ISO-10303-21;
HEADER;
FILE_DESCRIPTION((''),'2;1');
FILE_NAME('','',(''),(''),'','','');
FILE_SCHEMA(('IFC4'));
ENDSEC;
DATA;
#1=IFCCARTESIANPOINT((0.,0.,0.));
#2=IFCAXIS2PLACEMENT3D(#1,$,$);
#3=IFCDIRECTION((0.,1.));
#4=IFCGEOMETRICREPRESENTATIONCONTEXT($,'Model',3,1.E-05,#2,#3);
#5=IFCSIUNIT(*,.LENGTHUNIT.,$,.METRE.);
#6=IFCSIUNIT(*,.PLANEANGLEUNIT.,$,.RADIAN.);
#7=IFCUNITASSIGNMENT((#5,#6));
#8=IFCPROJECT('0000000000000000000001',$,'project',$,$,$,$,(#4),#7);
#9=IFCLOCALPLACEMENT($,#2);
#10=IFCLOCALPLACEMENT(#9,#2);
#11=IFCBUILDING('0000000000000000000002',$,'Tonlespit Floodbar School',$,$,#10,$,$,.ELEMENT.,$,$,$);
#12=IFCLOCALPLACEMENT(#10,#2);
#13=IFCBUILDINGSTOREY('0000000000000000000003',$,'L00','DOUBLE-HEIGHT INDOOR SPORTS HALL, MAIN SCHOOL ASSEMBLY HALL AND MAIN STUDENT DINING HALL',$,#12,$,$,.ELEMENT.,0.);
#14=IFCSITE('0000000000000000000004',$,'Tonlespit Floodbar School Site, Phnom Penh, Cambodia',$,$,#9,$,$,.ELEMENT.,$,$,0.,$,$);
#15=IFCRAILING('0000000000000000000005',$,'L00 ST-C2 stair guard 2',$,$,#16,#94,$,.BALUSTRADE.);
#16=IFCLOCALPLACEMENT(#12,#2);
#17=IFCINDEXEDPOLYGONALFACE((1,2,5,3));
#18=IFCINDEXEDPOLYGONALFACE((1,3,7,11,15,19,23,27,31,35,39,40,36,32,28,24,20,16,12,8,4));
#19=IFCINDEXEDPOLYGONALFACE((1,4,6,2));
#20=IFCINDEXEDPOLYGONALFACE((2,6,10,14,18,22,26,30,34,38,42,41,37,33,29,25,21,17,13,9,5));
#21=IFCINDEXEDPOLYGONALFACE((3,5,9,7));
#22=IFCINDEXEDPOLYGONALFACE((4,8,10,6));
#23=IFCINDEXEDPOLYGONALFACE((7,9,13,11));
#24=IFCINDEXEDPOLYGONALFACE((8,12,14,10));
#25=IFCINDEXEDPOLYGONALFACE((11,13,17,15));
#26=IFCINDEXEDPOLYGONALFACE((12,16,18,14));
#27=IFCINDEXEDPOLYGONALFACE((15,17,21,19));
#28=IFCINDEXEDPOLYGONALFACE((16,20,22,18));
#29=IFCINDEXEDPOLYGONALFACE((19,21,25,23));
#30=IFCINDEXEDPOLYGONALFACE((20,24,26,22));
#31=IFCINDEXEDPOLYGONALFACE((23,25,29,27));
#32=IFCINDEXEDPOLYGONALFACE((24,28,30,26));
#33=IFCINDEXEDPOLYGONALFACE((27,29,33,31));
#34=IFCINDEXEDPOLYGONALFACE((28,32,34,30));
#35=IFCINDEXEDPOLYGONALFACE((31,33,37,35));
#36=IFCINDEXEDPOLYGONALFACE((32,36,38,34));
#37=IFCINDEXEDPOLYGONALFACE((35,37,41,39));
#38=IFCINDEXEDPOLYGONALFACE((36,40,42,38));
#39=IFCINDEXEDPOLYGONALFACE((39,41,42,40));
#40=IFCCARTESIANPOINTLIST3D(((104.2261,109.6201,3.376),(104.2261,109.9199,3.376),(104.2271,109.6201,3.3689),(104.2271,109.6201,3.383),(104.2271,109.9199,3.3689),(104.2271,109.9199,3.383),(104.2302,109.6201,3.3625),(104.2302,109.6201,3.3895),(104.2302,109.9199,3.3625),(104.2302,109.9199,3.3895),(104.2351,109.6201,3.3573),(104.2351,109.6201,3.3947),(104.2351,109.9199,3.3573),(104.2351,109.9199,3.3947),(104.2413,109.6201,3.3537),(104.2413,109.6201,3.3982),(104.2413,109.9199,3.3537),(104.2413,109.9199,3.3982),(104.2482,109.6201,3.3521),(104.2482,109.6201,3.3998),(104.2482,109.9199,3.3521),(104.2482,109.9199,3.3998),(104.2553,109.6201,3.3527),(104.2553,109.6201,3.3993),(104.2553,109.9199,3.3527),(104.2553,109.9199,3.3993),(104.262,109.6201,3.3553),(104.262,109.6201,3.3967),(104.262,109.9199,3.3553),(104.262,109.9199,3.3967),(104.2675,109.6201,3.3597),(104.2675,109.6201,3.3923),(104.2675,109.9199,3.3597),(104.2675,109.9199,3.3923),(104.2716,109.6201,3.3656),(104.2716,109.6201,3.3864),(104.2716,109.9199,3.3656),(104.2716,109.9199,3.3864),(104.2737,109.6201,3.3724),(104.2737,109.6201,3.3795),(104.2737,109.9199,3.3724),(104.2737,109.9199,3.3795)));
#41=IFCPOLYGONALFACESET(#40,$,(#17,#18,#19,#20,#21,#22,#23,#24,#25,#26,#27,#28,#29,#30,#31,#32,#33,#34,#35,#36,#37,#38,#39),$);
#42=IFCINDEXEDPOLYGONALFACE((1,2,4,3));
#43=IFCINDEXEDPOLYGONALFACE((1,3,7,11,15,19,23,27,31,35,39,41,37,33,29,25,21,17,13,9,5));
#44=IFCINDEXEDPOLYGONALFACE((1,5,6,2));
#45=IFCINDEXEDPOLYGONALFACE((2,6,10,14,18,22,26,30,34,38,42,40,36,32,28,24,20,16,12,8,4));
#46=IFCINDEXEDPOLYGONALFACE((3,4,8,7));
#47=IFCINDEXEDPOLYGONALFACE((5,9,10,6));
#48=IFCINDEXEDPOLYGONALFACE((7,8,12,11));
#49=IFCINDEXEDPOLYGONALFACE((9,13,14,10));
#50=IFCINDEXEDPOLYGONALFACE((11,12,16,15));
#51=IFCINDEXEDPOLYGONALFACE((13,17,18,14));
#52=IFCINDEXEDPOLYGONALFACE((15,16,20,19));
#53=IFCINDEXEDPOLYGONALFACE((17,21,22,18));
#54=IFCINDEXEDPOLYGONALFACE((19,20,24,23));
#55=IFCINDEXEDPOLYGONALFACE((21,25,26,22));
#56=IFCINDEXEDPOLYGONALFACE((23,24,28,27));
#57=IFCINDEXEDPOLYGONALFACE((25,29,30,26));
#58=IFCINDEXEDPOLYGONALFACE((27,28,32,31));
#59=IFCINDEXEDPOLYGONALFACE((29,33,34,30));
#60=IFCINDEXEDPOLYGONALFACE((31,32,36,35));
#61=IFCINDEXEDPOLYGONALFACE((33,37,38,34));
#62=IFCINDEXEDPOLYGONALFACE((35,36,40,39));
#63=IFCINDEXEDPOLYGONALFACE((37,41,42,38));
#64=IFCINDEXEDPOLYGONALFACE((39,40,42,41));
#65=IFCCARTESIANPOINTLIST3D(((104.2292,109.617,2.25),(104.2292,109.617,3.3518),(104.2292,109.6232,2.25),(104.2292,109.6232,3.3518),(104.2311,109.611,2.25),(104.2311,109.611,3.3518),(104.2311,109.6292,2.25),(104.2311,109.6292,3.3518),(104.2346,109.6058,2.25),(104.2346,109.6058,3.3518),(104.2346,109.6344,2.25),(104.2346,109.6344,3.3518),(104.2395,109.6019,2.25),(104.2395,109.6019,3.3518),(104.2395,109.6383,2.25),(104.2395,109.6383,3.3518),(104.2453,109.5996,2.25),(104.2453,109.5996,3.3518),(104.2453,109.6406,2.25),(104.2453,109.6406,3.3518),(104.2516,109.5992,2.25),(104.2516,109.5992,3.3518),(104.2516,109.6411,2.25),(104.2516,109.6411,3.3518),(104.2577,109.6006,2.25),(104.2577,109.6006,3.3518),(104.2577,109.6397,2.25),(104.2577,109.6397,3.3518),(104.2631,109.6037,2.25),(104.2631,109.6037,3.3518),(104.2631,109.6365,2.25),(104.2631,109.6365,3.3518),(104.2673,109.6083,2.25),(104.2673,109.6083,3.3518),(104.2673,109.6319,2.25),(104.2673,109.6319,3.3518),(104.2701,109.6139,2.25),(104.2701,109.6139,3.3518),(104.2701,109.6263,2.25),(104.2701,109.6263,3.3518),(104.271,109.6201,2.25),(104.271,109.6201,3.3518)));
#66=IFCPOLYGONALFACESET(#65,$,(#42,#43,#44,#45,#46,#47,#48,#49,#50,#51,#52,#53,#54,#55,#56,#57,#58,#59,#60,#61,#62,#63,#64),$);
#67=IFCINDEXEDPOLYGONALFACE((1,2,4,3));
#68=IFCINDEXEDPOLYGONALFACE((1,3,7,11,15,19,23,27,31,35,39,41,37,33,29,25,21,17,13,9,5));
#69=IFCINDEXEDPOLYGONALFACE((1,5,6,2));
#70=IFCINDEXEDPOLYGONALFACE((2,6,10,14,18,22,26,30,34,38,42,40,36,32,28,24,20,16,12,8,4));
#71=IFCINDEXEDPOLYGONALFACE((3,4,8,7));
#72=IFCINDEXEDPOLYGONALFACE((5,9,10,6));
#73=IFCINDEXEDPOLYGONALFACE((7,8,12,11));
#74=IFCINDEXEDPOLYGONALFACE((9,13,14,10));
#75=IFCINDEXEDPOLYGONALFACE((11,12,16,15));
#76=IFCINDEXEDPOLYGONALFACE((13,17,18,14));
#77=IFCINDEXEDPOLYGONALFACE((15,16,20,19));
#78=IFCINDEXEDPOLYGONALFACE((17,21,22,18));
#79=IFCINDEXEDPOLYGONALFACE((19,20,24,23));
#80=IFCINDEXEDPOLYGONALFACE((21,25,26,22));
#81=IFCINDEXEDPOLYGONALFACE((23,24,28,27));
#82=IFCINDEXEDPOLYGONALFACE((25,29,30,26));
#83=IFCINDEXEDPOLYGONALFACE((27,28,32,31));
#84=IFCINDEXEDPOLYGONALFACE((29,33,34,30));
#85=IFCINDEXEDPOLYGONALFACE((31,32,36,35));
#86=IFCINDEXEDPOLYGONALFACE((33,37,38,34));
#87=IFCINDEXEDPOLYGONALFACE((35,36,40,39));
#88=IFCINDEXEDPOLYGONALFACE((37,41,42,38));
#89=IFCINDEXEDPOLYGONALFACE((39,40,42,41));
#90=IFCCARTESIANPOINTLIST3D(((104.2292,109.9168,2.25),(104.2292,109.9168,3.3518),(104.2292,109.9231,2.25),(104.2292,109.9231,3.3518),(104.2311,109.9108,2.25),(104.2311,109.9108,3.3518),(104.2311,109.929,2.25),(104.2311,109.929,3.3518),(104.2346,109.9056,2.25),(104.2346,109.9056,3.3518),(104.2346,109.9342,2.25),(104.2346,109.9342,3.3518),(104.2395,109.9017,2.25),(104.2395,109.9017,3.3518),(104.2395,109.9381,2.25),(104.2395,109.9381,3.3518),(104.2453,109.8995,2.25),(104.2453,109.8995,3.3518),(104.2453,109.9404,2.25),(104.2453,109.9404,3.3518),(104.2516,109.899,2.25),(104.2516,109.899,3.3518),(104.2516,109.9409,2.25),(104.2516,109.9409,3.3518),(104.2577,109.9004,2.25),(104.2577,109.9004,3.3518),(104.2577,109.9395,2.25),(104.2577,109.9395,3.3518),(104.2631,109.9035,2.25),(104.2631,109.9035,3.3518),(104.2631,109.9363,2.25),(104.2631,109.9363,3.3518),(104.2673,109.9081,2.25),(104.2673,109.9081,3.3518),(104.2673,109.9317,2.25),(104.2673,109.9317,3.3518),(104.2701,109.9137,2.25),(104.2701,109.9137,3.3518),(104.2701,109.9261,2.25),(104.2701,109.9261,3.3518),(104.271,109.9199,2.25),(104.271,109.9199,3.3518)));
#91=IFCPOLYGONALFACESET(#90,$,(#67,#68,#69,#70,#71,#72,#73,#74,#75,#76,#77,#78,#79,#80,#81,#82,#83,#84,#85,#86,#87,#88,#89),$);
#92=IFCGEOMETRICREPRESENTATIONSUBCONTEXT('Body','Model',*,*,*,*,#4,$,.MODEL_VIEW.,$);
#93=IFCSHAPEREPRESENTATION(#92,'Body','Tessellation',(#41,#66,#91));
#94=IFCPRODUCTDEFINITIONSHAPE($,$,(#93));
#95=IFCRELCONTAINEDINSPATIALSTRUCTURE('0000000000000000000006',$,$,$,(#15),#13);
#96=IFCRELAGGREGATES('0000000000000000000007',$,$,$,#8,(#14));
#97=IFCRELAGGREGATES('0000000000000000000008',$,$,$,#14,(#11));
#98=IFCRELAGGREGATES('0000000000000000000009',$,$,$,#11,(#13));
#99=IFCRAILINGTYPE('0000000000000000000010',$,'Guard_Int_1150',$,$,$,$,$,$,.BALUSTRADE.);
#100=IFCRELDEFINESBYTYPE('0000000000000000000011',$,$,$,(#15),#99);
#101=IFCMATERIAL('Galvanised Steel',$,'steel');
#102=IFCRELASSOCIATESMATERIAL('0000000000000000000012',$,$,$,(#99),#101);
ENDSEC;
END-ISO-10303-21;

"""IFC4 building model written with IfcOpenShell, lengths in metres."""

from ifc_helpers import new_model, si_unit, direction, frame, origin, origin_2d, place, context, subcontext, project, spatial, circle, extrude, material, type_object, element, save


model = new_model("IFC4")

# Units and contexts
model_context = context("Model", 3, precision=1e-05, world=origin(), true_north=direction((0.0, 1.0)))
body_context = subcontext(model_context, "Body", "Model", "MODEL_VIEW")
ifc_project = project(units=[si_unit("LENGTHUNIT", "METRE"), si_unit("PLANEANGLEUNIT", "RADIAN")], contexts=[model_context])

# Site, building, storey
site_placement = place(None, origin())
site = spatial("IfcSite", under=ifc_project, at=site_placement, Name="Tonlespit Floodbar School Site, Phnom Penh, Cambodia", CompositionType="ELEMENT", RefElevation=0.0)
building_placement = place(site_placement, origin())
building = spatial("IfcBuilding", under=site, at=building_placement, Name="Tonlespit Floodbar School", CompositionType="ELEMENT")
storey_placement = place(building_placement, origin())
storey = spatial("IfcBuildingStorey", under=building, at=storey_placement, Name="L00", Description="DOUBLE-HEIGHT INDOOR SPORTS HALL, MAIN SCHOOL ASSEMBLY HALL AND MAIN STUDENT DINING HALL", CompositionType="ELEMENT", Elevation=0.0)

# Shared definitions
ifc_material_1 = material(Name="Galvanised Steel", Category="steel")

# Railing
railing_type_1 = type_object("IfcRailingType", Name="Guard_Int_1150", PredefinedType="BALUSTRADE", material=ifc_material_1)
railing_1_placement = place(storey_placement, frame((104.25, 109.6201, 2.25)))
element("IfcRailing", 1, at=railing_1_placement, inside=storey, type_object=railing_type_1, Name="L00 ST-C2 stair guard 2", PredefinedType="BALUSTRADE", context=body_context, shape_type="SweptSolid", body=[
    extrude(circle(Radius=0.0239, at=origin_2d()), frame((0.0, 0.0, 1.126), z_axis=(0.0, 1.0, 0.0), x_axis=(-1.0, 0.0, 0.0)), (0.0, 0.0, 1.0), 0.2998),
    extrude(circle(Radius=0.021, at=origin_2d()), origin(), (0.0, 0.0, 1.0), 1.1018),
    extrude(circle(Radius=0.021, at=origin_2d()), frame((0.0, 0.2998, 0.0)), (0.0, 0.0, 1.0), 1.1018),
])

save(model, "model.ifc")
